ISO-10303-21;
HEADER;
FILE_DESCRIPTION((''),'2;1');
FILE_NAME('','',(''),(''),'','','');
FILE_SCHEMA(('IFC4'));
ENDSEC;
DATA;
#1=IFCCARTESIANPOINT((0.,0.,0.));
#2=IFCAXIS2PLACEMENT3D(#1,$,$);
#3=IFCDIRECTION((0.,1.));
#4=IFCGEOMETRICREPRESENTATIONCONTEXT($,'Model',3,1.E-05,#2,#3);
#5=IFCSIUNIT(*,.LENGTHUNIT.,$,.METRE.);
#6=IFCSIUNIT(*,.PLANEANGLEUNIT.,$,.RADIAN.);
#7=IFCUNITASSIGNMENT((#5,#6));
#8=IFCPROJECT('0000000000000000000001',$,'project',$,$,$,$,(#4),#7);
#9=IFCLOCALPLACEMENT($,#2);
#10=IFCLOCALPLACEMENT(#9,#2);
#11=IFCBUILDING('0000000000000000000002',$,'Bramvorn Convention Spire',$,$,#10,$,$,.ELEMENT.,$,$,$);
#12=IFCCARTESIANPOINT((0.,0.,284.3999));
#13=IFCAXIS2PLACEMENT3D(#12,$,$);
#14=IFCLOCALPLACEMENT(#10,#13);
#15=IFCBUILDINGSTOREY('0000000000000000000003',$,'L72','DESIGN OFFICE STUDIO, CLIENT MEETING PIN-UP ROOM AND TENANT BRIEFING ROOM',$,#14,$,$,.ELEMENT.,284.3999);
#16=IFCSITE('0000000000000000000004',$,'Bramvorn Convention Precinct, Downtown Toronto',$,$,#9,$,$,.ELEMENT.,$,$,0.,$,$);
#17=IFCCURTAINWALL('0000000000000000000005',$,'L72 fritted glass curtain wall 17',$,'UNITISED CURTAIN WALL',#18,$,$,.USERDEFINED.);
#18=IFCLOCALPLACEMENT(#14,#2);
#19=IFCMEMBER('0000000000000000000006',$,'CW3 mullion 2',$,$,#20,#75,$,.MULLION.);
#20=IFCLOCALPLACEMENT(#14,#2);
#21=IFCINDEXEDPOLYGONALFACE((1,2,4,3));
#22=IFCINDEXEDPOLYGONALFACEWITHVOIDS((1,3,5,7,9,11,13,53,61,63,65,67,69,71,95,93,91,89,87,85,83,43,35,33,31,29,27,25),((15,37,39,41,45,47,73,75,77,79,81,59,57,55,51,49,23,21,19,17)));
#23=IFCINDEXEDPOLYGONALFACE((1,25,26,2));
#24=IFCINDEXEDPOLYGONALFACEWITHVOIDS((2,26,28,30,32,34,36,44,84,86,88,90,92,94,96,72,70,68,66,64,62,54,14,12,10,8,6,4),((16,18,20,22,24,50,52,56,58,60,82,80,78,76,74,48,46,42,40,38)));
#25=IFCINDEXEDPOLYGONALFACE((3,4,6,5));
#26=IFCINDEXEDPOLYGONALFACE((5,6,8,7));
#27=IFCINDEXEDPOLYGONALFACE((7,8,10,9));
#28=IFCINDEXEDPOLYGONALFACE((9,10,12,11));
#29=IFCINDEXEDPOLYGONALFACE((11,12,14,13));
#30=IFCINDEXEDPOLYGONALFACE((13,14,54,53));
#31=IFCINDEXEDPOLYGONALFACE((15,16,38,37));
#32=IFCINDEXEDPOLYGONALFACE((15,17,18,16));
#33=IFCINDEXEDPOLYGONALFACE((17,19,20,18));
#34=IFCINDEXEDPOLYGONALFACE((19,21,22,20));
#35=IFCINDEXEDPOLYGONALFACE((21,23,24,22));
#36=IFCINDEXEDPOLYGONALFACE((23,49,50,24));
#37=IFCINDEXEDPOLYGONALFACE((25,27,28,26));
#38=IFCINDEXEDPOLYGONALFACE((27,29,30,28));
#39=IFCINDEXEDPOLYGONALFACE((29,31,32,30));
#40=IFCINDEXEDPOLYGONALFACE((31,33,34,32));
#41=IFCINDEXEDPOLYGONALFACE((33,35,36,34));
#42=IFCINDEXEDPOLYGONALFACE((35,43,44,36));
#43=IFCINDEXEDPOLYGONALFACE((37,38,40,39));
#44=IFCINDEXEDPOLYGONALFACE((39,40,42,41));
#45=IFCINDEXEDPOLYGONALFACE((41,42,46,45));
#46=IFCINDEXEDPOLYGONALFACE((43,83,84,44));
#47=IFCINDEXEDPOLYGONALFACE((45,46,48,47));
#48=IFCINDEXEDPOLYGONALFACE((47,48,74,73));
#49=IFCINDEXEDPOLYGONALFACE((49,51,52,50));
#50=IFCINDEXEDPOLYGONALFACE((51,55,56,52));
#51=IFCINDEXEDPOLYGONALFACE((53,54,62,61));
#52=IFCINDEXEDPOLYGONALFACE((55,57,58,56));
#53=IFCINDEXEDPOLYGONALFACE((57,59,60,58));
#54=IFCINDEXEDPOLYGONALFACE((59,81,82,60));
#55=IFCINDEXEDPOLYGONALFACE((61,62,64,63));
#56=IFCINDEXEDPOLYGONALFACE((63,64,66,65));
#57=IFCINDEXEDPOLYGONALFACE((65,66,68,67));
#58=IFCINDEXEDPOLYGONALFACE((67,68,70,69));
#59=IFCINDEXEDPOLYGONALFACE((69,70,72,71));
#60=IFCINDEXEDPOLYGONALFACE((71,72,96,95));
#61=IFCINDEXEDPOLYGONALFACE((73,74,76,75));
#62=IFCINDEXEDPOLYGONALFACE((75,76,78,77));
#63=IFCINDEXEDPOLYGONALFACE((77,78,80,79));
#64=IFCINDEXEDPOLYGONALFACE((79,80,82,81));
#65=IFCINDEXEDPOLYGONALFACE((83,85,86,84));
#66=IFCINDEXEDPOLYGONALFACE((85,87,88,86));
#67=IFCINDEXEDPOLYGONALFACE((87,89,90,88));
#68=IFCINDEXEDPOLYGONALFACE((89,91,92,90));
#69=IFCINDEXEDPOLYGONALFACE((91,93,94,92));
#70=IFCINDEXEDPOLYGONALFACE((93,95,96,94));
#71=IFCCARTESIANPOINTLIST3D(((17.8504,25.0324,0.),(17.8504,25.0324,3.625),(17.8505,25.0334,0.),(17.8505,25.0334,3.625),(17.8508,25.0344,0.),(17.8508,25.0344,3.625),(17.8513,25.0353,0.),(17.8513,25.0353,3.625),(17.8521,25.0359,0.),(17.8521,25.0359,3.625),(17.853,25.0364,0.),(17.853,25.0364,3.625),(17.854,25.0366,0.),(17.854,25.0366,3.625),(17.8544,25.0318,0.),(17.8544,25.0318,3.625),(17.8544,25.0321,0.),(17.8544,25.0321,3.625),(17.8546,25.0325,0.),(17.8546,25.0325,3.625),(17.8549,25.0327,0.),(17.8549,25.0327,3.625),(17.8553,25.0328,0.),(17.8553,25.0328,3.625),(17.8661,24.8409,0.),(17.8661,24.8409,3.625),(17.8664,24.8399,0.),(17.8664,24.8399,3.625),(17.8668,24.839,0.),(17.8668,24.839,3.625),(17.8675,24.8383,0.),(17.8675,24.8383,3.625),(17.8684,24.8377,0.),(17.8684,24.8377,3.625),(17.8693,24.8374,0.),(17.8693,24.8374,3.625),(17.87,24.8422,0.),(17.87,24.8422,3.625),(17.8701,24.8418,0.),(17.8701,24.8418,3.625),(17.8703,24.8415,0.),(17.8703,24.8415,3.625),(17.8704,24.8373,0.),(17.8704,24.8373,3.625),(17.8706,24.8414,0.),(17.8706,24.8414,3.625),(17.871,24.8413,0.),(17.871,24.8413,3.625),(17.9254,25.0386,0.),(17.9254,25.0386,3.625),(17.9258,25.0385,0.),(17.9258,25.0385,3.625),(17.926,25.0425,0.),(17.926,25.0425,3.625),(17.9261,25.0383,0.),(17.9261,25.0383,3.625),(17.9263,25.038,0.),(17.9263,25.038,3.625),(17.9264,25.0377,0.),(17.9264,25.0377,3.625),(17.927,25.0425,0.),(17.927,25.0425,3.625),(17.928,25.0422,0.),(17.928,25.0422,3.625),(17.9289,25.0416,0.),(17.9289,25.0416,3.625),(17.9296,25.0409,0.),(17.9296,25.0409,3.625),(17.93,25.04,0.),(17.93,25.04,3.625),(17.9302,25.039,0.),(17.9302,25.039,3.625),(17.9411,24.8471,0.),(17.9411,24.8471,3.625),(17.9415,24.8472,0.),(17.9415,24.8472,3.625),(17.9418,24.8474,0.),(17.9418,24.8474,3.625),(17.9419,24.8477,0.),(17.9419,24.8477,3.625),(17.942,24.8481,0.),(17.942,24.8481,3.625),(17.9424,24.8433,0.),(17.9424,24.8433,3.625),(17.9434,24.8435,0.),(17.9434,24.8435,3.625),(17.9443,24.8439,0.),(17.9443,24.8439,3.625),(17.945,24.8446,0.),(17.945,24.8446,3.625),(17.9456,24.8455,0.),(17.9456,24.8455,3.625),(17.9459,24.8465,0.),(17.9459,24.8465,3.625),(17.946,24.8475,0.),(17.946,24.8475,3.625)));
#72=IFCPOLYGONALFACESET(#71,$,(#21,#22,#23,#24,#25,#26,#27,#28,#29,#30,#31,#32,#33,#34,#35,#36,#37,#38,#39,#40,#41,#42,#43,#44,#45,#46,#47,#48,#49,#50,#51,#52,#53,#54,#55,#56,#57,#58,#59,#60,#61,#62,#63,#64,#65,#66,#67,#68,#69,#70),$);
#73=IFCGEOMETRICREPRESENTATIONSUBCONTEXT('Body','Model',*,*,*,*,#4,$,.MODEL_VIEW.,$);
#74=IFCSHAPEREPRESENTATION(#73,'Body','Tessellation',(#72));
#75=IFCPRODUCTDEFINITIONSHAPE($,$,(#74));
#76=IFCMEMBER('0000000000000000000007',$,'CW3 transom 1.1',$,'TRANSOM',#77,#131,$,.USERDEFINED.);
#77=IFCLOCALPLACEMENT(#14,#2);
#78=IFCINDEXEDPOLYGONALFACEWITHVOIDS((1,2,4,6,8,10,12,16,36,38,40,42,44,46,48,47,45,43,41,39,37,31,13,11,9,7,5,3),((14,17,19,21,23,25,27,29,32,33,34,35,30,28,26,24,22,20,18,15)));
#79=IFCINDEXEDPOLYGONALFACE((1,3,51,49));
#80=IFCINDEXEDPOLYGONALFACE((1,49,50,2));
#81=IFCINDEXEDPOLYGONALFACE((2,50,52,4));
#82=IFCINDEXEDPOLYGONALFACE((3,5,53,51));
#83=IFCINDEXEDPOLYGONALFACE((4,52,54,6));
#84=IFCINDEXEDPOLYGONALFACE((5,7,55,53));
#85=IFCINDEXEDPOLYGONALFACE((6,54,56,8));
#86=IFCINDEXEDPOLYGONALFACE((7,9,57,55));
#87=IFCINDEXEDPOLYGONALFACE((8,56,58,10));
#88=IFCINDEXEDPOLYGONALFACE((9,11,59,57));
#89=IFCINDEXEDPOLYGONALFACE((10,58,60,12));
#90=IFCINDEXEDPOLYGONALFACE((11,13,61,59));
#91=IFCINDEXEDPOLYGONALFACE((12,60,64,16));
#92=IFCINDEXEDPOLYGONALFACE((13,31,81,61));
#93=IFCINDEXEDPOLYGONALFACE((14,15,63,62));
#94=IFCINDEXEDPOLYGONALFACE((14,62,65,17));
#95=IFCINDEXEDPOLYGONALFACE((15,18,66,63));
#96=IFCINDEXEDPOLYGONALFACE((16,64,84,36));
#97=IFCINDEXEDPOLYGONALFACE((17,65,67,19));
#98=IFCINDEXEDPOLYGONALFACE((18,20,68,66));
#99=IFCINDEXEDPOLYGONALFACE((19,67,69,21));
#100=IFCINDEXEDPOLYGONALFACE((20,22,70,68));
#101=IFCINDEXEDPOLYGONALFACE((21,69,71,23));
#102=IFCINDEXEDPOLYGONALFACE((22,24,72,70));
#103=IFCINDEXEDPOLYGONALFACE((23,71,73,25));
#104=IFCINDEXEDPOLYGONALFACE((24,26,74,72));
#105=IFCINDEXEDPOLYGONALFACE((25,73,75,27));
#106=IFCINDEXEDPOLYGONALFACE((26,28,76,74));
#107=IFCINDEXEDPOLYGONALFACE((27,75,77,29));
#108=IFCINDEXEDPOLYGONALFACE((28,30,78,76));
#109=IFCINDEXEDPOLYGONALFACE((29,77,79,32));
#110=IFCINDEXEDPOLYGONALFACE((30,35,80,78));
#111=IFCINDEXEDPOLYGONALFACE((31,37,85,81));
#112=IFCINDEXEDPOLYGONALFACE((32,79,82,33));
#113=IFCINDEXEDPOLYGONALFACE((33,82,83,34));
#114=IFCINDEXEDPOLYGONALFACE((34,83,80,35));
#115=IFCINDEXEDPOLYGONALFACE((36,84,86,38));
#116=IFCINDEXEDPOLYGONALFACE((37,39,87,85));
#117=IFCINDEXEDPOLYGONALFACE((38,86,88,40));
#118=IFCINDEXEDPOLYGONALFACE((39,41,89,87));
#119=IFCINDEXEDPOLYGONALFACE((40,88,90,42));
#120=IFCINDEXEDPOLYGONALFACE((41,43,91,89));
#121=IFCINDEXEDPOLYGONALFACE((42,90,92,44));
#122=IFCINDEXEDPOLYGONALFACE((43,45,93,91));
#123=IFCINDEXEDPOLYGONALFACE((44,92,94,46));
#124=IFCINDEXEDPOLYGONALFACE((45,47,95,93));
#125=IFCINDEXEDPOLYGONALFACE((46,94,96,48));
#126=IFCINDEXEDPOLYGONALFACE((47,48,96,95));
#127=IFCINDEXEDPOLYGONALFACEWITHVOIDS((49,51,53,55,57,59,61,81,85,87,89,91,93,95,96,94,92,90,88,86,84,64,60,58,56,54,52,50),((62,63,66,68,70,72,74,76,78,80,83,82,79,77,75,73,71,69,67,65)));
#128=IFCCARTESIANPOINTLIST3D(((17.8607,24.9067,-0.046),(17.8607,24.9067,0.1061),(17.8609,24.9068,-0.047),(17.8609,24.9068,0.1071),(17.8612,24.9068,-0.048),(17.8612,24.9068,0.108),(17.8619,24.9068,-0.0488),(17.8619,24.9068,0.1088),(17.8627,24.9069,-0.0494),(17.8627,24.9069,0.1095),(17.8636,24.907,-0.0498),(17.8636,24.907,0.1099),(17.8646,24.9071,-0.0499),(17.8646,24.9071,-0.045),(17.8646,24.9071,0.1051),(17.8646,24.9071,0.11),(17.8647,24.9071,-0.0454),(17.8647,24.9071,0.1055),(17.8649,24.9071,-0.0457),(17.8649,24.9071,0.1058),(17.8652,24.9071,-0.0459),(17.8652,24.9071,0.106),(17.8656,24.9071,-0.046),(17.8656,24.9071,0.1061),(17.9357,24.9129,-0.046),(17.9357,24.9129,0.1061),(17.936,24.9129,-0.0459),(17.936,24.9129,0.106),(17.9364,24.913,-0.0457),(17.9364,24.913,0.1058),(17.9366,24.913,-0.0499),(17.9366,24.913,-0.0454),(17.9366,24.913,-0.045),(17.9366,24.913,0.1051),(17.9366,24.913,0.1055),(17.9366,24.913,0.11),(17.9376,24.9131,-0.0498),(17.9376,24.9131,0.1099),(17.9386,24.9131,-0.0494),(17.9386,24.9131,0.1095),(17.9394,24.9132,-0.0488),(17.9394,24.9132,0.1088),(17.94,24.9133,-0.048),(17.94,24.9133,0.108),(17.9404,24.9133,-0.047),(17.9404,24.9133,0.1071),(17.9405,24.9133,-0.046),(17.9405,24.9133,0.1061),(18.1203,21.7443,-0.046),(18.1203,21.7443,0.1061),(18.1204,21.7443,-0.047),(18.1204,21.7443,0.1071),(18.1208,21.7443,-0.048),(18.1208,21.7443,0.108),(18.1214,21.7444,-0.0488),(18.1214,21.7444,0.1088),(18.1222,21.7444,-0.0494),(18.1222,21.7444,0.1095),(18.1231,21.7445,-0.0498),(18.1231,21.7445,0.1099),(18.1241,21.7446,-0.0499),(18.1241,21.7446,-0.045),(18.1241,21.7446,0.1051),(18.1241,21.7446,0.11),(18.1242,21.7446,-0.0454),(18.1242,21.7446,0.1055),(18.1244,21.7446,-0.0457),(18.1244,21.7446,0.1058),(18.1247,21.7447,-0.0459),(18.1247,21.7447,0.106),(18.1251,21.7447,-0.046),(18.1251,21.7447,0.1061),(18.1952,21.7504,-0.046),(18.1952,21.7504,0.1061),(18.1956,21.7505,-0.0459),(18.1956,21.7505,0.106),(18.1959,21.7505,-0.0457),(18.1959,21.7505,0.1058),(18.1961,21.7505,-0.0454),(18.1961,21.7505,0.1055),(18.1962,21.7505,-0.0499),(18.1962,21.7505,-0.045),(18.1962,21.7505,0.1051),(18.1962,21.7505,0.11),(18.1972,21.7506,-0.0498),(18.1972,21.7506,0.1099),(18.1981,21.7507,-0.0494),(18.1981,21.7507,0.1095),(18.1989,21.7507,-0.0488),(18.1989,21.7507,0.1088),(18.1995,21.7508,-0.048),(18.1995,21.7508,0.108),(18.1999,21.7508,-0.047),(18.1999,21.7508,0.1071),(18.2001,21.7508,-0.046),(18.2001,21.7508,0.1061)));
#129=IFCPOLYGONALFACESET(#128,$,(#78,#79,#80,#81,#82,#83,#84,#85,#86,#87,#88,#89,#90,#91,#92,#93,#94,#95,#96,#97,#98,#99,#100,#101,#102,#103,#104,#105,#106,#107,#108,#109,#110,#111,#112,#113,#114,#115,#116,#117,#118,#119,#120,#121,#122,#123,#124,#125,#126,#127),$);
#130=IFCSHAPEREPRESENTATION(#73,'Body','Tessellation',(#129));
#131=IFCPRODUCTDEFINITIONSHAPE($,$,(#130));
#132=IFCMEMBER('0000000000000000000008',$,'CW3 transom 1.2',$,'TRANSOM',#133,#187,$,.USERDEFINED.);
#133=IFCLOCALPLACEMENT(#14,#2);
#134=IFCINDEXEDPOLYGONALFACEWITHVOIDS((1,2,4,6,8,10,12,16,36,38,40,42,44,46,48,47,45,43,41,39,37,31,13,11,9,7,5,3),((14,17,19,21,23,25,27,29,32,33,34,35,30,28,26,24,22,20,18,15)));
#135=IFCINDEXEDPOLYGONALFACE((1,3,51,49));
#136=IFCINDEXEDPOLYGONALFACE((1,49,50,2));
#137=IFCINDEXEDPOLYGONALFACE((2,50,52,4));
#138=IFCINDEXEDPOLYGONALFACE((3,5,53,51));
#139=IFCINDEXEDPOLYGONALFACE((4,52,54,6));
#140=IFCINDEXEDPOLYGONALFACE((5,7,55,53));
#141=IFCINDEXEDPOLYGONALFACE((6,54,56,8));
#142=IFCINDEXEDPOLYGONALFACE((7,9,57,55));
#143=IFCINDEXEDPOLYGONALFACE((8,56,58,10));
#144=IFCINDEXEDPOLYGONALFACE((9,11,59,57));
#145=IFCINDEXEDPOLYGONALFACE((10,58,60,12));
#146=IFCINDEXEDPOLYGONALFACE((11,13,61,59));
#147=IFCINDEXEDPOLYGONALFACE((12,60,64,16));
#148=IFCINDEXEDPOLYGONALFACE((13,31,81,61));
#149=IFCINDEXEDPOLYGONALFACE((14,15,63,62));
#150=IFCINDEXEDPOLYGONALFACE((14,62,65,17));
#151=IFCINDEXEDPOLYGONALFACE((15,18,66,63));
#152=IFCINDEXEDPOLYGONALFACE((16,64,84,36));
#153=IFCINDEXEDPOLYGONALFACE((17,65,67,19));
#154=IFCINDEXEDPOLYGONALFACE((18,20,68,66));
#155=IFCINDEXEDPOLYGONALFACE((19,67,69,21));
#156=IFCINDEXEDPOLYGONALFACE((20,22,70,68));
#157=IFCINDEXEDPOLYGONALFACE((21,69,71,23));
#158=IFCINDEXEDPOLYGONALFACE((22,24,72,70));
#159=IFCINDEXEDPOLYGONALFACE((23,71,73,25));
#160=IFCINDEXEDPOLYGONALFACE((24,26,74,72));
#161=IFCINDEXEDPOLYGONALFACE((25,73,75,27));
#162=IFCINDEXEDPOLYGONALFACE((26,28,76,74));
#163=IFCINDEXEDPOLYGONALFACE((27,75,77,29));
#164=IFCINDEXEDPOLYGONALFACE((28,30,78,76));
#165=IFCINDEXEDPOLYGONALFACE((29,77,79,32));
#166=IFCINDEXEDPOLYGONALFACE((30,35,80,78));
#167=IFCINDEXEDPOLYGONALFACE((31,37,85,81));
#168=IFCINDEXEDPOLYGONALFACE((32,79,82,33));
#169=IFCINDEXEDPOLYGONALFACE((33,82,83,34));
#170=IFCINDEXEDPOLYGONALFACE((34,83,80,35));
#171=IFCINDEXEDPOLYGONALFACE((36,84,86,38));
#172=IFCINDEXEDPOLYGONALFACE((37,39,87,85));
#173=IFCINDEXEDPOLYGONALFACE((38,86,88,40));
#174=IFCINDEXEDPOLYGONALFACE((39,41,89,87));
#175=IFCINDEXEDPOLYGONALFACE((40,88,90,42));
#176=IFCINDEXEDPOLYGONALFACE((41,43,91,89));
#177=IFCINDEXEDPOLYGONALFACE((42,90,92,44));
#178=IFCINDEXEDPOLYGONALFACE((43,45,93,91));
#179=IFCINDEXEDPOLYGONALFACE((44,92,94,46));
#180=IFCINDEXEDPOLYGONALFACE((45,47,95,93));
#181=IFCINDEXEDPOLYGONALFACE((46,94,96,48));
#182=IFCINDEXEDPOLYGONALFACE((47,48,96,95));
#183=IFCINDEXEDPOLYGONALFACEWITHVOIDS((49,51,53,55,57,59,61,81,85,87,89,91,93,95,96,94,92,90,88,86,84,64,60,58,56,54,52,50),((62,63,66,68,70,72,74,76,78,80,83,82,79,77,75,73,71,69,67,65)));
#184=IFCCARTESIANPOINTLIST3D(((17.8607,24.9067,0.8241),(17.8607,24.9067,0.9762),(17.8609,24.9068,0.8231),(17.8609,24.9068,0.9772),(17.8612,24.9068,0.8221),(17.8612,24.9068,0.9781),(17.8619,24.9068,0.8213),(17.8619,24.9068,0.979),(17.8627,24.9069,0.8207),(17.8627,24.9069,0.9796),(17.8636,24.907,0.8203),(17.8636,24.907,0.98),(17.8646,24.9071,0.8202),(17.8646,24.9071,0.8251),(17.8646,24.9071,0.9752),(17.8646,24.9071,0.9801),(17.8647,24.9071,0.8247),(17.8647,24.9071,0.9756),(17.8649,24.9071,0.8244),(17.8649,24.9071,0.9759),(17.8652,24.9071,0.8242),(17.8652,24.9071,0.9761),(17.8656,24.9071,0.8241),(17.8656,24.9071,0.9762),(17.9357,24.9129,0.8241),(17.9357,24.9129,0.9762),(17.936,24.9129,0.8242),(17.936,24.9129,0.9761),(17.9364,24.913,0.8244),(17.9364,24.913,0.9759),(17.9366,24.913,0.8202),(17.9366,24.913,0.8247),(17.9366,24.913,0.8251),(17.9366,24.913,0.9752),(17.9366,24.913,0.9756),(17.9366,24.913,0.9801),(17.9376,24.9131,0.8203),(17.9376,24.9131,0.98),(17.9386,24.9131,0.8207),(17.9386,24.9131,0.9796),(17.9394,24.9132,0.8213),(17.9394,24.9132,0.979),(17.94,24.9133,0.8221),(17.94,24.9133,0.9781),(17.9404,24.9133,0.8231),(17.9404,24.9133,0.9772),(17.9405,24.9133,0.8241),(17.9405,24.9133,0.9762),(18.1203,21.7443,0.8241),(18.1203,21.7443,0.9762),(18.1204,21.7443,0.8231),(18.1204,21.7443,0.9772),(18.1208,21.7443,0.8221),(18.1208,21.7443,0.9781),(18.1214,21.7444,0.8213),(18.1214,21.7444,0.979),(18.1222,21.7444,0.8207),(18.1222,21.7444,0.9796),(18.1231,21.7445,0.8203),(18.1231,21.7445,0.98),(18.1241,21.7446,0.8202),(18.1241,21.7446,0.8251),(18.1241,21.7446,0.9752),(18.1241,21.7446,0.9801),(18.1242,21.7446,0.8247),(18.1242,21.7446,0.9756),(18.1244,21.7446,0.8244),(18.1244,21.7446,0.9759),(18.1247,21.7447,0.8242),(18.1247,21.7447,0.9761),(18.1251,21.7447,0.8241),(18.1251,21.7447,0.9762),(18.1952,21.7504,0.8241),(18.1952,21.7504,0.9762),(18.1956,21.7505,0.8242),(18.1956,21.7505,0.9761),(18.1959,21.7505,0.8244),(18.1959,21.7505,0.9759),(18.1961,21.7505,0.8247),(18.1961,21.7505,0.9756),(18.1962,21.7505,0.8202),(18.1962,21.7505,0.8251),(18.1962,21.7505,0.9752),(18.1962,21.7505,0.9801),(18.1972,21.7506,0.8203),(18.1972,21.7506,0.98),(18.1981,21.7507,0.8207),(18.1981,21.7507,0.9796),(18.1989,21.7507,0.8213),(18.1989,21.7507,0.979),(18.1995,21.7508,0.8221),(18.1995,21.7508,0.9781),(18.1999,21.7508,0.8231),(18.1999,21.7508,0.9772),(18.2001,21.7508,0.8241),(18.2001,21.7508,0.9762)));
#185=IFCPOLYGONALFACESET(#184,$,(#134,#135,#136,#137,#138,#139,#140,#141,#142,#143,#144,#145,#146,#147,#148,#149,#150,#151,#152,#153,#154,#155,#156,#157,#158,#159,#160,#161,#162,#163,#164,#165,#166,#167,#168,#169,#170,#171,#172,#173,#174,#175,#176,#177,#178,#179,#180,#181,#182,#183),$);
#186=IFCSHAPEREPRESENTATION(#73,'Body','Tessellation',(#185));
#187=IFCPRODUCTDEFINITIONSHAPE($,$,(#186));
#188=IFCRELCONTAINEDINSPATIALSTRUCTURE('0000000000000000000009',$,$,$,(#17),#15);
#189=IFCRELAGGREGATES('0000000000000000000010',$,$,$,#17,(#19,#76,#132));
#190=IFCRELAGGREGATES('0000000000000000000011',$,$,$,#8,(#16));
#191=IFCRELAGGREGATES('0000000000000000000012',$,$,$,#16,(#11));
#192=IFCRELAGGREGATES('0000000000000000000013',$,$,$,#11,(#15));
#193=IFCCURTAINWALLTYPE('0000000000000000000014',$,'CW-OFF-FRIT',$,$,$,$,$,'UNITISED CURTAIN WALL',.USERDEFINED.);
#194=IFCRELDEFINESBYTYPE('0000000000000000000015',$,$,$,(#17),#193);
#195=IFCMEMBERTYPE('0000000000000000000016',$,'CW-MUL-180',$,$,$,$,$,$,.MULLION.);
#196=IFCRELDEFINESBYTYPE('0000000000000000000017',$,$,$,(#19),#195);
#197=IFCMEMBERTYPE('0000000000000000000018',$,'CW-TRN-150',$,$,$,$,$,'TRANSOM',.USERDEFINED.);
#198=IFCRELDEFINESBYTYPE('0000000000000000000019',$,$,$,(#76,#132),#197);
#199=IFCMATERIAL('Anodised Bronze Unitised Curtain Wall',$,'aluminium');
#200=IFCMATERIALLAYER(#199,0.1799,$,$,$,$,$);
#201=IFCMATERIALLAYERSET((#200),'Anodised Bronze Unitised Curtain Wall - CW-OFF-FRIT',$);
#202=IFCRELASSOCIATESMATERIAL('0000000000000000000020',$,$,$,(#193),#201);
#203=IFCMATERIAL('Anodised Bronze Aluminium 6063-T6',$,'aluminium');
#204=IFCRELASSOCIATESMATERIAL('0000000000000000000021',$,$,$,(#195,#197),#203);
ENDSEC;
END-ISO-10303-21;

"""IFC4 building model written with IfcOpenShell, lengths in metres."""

from ifc_helpers import new_model, si_unit, direction, frame, origin, origin_2d, place, context, subcontext, project, spatial, hollow_rectangle, extrude, material, layer, layer_set, material_profile, profile_set, type_object, element, aggregate, save


model = new_model("IFC4")

# Units and contexts
model_context = context("Model", 3, precision=1e-05, world=origin(), true_north=direction((0.0, 1.0)))
body_context = subcontext(model_context, "Body", "Model", "MODEL_VIEW")
ifc_project = project(units=[si_unit("LENGTHUNIT", "METRE"), si_unit("PLANEANGLEUNIT", "RADIAN")], contexts=[model_context])

# Site, building, storey
site_placement = place(None, origin())
site = spatial("IfcSite", under=ifc_project, at=site_placement, Name="Bramvorn Convention Precinct, Downtown Toronto", CompositionType="ELEMENT", RefElevation=0.0)
building_placement = place(site_placement, origin())
building = spatial("IfcBuilding", under=site, at=building_placement, Name="Bramvorn Convention Spire", CompositionType="ELEMENT")
storey_placement = place(building_placement, frame((0.0, 0.0, 284.3999)))
storey = spatial("IfcBuildingStorey", under=building, at=storey_placement, Name="L72", Description="DESIGN OFFICE STUDIO, CLIENT MEETING PIN-UP ROOM AND TENANT BRIEFING ROOM", CompositionType="ELEMENT", Elevation=284.3999)

# Curtain wall, members
ifc_material_1 = material(Name="Anodised Bronze Unitised Curtain Wall", Category="aluminium")
ifc_layer_1 = layer(ifc_material_1, 0.1799)
ifc_layer_set_1 = layer_set([ifc_layer_1], Name="Anodised Bronze Unitised Curtain Wall - CW-OFF-FRIT")
curtain_wall_type = type_object("IfcCurtainWallType", Name="CW-OFF-FRIT", ElementType="UNITISED CURTAIN WALL", PredefinedType="USERDEFINED", material=ifc_layer_set_1)
curtain_wall_placement = place(storey_placement, origin())
curtain_wall = element("IfcCurtainWall", 1, at=curtain_wall_placement, inside=storey, type_object=curtain_wall_type, Name="L72 fritted glass curtain wall 17", ObjectType="UNITISED CURTAIN WALL", PredefinedType="USERDEFINED")
ifc_material_2 = material(Name="Anodised Bronze Aluminium 6063-T6", Category="aluminium")
ifc_material_profile_1 = material_profile(ifc_material_2, hollow_rectangle(XDim=0.0801, YDim=0.2, WallThickness=0.0039, InnerFilletRadius=0.001, OuterFilletRadius=0.0039, at=origin_2d()))
ifc_profile_set_1 = profile_set([ifc_material_profile_1], Name="Anodised Bronze Aluminium 6063-T6 - CWM80X200")
member_type_1 = type_object("IfcMemberType", Name="CW-MUL-180", PredefinedType="MULLION", material=ifc_profile_set_1)
member_1_placement = place(storey_placement, frame((17.8982, 24.9399, 0.0), z_axis=(0.0, 0.0, 1.0), x_axis=(-0.996648, -0.081809, 0.0)))
member_1 = element("IfcMember", 2, at=member_1_placement, type_object=member_type_1, Name="CW3 mullion 2", PredefinedType="MULLION", context=body_context, shape_type="SweptSolid", body=[
    extrude(hollow_rectangle(XDim=0.0801, YDim=0.2, WallThickness=0.0039, InnerFilletRadius=0.001, OuterFilletRadius=0.0039, at=origin_2d()), origin(), (0.0, 0.0, 1.0), 3.625),
])
ifc_material_profile_2 = material_profile(ifc_material_2, hollow_rectangle(XDim=0.0801, YDim=0.1599, WallThickness=0.0039, InnerFilletRadius=0.001, OuterFilletRadius=0.0039, at=origin_2d()))
ifc_profile_set_2 = profile_set([ifc_material_profile_2], Name="Anodised Bronze Aluminium 6063-T6 - CWT80X160")
member_type_2 = type_object("IfcMemberType", Name="CW-TRN-150", ElementType="TRANSOM", PredefinedType="USERDEFINED", material=ifc_profile_set_2)
member_2_placement = place(storey_placement, frame((18.1602, 21.7476, 0.03), z_axis=(-0.081791, 0.99665, 0.0), x_axis=(-0.99665, -0.081791, 0.0)))
member_2 = element("IfcMember", 3, at=member_2_placement, type_object=member_type_2, Name="CW3 transom 1.1", ObjectType="TRANSOM", PredefinedType="USERDEFINED", context=body_context, shape_type="SweptSolid", body=[
    extrude(hollow_rectangle(XDim=0.0801, YDim=0.1599, WallThickness=0.0039, InnerFilletRadius=0.001, OuterFilletRadius=0.0039, at=origin_2d()), origin(), (0.0, 0.0, 1.0), 3.1731),
])
member_3_placement = place(storey_placement, frame((18.1602, 21.7476, 0.9001), z_axis=(-0.081791, 0.99665, 0.0), x_axis=(-0.99665, -0.081791, 0.0)))
member_3 = element("IfcMember", 4, at=member_3_placement, type_object=member_type_2, Name="CW3 transom 1.2", ObjectType="TRANSOM", PredefinedType="USERDEFINED", context=body_context, shape_type="SweptSolid", body=[
    extrude(hollow_rectangle(XDim=0.0801, YDim=0.1599, WallThickness=0.0039, InnerFilletRadius=0.001, OuterFilletRadius=0.0039, at=origin_2d()), origin(), (0.0, 0.0, 1.0), 3.1731),
])
aggregate(curtain_wall, [member_1, member_2, member_3])

save(model, "model.ifc")
